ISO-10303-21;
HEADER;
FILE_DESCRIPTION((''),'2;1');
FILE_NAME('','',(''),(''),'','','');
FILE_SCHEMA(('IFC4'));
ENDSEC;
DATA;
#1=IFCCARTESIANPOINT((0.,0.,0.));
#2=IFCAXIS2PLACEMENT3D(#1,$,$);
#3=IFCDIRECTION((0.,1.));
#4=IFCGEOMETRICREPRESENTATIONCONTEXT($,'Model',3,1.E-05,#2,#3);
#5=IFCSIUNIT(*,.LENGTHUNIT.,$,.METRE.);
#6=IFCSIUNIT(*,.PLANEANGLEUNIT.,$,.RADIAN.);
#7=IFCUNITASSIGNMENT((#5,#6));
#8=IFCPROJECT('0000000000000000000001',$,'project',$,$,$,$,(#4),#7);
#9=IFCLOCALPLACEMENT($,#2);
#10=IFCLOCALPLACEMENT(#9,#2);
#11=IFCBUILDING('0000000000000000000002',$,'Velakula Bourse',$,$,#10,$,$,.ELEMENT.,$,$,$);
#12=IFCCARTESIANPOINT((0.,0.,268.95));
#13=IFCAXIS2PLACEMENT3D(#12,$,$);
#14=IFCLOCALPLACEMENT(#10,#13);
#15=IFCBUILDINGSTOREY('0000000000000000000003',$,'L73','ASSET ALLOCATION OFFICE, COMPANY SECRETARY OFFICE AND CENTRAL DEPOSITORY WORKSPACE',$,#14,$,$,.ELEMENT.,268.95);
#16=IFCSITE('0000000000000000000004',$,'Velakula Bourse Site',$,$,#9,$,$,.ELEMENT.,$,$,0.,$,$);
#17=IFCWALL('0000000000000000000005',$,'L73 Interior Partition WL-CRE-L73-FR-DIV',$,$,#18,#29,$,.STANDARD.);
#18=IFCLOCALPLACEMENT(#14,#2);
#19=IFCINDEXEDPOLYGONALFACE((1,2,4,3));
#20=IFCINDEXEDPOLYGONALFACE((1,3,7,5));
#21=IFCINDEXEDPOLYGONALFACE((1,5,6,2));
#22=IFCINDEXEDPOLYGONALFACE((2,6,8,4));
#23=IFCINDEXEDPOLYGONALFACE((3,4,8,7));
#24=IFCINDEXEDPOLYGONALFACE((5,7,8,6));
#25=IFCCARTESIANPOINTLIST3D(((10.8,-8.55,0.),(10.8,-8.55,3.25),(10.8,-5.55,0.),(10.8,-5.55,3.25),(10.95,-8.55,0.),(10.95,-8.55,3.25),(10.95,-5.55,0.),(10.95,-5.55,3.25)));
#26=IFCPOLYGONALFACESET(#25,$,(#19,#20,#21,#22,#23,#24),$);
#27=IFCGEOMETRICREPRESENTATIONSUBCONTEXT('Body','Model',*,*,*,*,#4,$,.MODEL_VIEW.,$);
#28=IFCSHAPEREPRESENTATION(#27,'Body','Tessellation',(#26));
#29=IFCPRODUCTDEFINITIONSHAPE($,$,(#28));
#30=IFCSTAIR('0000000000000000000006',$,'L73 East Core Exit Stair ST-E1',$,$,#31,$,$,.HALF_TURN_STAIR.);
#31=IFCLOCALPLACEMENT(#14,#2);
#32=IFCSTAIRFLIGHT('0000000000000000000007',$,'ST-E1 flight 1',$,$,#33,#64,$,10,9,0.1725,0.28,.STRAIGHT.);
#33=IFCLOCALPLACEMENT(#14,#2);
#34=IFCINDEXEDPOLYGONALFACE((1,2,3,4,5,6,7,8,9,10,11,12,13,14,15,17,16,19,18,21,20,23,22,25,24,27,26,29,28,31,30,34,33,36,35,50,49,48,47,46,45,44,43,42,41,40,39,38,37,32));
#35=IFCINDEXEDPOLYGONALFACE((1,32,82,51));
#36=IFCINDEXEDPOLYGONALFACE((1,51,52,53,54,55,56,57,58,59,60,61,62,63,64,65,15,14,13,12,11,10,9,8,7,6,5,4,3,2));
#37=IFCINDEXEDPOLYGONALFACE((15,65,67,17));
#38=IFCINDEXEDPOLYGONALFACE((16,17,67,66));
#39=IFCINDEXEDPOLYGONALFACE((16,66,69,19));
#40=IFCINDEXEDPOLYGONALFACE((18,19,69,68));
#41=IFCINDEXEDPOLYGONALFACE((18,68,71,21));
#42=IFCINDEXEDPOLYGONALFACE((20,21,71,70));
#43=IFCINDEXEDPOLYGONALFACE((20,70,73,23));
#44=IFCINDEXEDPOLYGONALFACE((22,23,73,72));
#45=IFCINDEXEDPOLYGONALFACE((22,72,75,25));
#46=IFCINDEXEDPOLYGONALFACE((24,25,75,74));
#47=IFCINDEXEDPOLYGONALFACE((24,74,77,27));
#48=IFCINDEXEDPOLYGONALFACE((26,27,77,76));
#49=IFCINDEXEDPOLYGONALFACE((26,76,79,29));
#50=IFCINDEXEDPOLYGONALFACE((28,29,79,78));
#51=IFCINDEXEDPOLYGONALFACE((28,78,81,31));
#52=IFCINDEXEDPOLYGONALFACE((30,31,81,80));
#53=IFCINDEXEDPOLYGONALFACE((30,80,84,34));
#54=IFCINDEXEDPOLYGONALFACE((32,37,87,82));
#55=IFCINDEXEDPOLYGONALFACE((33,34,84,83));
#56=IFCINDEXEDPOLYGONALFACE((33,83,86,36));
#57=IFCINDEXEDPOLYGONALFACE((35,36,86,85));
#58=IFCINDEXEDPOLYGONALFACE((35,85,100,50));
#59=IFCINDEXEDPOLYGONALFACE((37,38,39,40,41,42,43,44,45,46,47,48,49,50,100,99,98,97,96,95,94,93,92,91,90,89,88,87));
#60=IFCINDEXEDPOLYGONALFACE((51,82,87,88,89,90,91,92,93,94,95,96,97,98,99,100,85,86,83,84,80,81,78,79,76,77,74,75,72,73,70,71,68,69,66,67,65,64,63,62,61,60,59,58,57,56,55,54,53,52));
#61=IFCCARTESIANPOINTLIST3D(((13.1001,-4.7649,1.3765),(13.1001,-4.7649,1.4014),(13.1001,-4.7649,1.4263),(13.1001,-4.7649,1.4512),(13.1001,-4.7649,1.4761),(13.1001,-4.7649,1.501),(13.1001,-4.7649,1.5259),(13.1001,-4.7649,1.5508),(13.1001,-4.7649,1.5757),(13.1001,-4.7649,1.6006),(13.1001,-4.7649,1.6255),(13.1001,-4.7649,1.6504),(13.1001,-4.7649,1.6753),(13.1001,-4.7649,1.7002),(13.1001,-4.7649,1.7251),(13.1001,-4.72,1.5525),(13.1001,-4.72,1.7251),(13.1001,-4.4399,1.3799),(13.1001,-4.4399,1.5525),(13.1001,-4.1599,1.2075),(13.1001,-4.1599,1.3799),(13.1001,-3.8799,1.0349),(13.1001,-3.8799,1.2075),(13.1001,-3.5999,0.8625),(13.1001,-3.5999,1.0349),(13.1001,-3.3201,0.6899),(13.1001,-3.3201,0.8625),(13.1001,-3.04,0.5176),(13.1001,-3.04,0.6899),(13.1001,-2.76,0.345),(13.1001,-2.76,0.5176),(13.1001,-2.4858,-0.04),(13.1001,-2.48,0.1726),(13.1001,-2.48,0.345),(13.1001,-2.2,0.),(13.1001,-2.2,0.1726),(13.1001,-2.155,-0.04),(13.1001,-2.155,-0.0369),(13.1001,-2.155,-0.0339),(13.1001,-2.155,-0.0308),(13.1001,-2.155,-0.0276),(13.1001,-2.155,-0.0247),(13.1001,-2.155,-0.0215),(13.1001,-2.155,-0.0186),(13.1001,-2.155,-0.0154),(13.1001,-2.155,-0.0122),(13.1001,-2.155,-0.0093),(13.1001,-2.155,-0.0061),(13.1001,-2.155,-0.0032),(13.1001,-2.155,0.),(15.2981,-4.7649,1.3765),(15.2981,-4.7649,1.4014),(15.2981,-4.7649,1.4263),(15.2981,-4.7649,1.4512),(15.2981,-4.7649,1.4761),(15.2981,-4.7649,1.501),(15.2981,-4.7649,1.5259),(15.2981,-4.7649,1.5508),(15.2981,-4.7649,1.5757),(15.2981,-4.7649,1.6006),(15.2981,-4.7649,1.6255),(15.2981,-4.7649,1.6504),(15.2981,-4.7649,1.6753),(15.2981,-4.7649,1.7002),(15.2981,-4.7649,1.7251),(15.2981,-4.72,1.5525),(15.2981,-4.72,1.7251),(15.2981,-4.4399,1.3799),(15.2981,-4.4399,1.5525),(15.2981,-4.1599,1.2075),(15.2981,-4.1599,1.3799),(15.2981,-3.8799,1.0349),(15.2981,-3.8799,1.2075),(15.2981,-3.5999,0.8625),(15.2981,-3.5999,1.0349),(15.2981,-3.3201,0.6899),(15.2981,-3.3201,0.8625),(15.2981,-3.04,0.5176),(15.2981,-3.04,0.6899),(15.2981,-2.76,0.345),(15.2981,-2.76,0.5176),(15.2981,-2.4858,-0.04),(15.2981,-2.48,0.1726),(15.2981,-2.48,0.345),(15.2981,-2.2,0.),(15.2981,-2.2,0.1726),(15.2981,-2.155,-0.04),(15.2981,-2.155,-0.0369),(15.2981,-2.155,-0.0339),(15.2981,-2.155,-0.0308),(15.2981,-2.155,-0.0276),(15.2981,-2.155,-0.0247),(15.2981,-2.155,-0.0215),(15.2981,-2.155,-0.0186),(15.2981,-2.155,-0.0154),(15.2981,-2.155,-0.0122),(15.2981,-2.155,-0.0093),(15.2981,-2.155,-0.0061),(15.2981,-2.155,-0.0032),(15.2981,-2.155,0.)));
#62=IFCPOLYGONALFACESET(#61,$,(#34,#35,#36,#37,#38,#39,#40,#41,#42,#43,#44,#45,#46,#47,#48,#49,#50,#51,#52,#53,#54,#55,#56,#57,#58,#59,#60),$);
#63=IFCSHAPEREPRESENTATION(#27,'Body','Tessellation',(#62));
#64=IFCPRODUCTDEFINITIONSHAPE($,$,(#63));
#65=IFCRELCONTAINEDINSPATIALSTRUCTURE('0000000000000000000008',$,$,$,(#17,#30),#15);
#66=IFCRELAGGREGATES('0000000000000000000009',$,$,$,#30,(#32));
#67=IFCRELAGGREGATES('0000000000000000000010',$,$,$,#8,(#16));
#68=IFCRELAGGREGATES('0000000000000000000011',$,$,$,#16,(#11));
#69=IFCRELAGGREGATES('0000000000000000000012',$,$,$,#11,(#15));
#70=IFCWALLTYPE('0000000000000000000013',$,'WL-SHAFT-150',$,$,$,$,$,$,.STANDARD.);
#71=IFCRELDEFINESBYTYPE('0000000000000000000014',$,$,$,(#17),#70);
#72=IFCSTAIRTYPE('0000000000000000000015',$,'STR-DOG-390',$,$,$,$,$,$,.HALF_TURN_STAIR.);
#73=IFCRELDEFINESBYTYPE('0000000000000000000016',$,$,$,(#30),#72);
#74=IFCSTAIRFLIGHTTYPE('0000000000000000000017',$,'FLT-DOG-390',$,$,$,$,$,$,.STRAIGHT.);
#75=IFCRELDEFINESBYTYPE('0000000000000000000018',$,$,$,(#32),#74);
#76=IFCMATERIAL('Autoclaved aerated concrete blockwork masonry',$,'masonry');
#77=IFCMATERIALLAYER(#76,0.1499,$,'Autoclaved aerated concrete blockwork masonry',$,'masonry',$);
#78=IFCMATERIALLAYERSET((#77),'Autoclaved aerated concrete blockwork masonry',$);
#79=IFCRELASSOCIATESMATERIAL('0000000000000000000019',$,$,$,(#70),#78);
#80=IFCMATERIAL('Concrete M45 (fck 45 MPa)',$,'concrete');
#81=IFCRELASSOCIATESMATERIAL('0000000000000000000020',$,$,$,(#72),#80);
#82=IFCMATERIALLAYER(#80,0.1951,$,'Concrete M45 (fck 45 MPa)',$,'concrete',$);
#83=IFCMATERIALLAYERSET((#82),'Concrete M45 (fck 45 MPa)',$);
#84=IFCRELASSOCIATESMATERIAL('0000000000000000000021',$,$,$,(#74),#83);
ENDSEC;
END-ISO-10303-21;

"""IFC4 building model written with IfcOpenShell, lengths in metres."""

from ifc_helpers import new_model, si_unit, direction, frame, frame_2d, origin, place, context, subcontext, project, spatial, polyline, rectangle, outline, extrude, material, layer, layer_set, type_object, element, aggregate, save


model = new_model("IFC4")

# Units and contexts
model_context = context("Model", 3, precision=1e-05, world=origin(), true_north=direction((0.0, 1.0)))
body_context = subcontext(model_context, "Body", "Model", "MODEL_VIEW")
ifc_project = project(units=[si_unit("LENGTHUNIT", "METRE"), si_unit("PLANEANGLEUNIT", "RADIAN")], contexts=[model_context])

# Site, building, storey
site_placement = place(None, origin())
site = spatial("IfcSite", under=ifc_project, at=site_placement, Name="Velakula Bourse Site", CompositionType="ELEMENT", RefElevation=0.0)
building_placement = place(site_placement, origin())
building = spatial("IfcBuilding", under=site, at=building_placement, Name="Velakula Bourse", CompositionType="ELEMENT")
storey_placement = place(building_placement, frame((0.0, 0.0, 268.95)))
storey = spatial("IfcBuildingStorey", under=building, at=storey_placement, Name="L73", Description="ASSET ALLOCATION OFFICE, COMPANY SECRETARY OFFICE AND CENTRAL DEPOSITORY WORKSPACE", CompositionType="ELEMENT", Elevation=268.95)

# Shared definitions
ifc_material_1 = material(Name="Autoclaved aerated concrete blockwork masonry", Category="masonry")
ifc_layer_1 = layer(ifc_material_1, 0.1499, Name="Autoclaved aerated concrete blockwork masonry", Category="masonry")
ifc_layer_set_1 = layer_set([ifc_layer_1], Name="Autoclaved aerated concrete blockwork masonry")
wall_type_1 = type_object("IfcWallType", Name="WL-SHAFT-150", PredefinedType="STANDARD", material=ifc_layer_set_1)

# Wall
wall_1_placement = place(storey_placement, frame((10.875, -8.55, 0.0), z_axis=(0.0, 0.0, 1.0), x_axis=(0.0, 1.0, 0.0)))
element("IfcWall", 1, at=wall_1_placement, inside=storey, type_object=wall_type_1, Name="L73 Interior Partition WL-CRE-L73-FR-DIV", PredefinedType="STANDARD", context=body_context, shape_type="SweptSolid", body=[
    extrude(rectangle(XDim=3.0, YDim=0.1499, at=frame_2d((1.5, 0.0))), origin(), (0.0, 0.0, 1.0), 3.25),
])

# Stair, stair flight
ifc_material_2 = material(Name="Concrete M45 (fck 45 MPa)", Category="concrete")
stair_type = type_object("IfcStairType", Name="STR-DOG-390", PredefinedType="HALF_TURN_STAIR", material=ifc_material_2)
stair_placement = place(storey_placement, origin())
stair = element("IfcStair", 2, at=stair_placement, inside=storey, type_object=stair_type, Name="L73 East Core Exit Stair ST-E1", PredefinedType="HALF_TURN_STAIR")
ifc_layer_2 = layer(ifc_material_2, 0.1951, Name="Concrete M45 (fck 45 MPa)", Category="concrete")
ifc_layer_set_2 = layer_set([ifc_layer_2], Name="Concrete M45 (fck 45 MPa)")
stair_flight_type = type_object("IfcStairFlightType", Name="FLT-DOG-390", PredefinedType="STRAIGHT", material=ifc_layer_set_2)
stair_flight_placement = place(storey_placement, frame((14.199, -2.2, 0.0), z_axis=(0.0, 0.0, 1.0), x_axis=(0.0, -1.0, 0.0)))
stair_flight = element("IfcStairFlight", 3, at=stair_flight_placement, type_object=stair_flight_type, Name="ST-E1 flight 1", NumberOfRisers=10, NumberOfTreads=9, PredefinedType="STRAIGHT", RiserHeight=0.1725, TreadLength=0.28, context=body_context, shape_type="SweptSolid", body=[
    extrude(outline(polyline([(-0.0449, -0.04), (-0.0449, -0.0369), (-0.0449, -0.0339), (-0.0449, -0.0308), (-0.0449, -0.0276), (-0.0449, -0.0247), (-0.0449, -0.0215), (-0.0449, -0.0186), (-0.0449, -0.0154), (-0.0449, -0.0122), (-0.0449, -0.0093), (-0.0449, -0.0061), (-0.0449, -0.0032), (-0.0449, 0.0), (0.0, 0.0), (0.0, 0.1726), (0.28, 0.1726), (0.28, 0.345), (0.5601, 0.345), (0.5601, 0.5176), (0.8401, 0.5176), (0.8401, 0.6899), (1.1201, 0.6899), (1.1201, 0.8625), (1.3999, 0.8625), (1.3999, 1.0349), (1.6799, 1.0349), (1.6799, 1.2075), (1.96, 1.2075), (1.96, 1.3799), (2.24, 1.3799), (2.24, 1.5525), (2.52, 1.5525), (2.52, 1.7251), (2.5649, 1.7251), (2.5649, 1.7002), (2.5649, 1.6753), (2.5649, 1.6504), (2.5649, 1.6255), (2.5649, 1.6006), (2.5649, 1.5757), (2.5649, 1.5508), (2.5649, 1.5259), (2.5649, 1.501), (2.5649, 1.4761), (2.5649, 1.4512), (2.5649, 1.4263), (2.5649, 1.4014), (2.5649, 1.3765), (0.2859, -0.04), (-0.0449, -0.04)])), frame((0.0, 1.0991, 0.0), z_axis=(0.0, -1.0, 0.0), x_axis=(1.0, 0.0, 0.0)), (0.0, 0.0, 1.0), 2.198),
])
aggregate(stair, [stair_flight])

save(model, "model.ifc")
